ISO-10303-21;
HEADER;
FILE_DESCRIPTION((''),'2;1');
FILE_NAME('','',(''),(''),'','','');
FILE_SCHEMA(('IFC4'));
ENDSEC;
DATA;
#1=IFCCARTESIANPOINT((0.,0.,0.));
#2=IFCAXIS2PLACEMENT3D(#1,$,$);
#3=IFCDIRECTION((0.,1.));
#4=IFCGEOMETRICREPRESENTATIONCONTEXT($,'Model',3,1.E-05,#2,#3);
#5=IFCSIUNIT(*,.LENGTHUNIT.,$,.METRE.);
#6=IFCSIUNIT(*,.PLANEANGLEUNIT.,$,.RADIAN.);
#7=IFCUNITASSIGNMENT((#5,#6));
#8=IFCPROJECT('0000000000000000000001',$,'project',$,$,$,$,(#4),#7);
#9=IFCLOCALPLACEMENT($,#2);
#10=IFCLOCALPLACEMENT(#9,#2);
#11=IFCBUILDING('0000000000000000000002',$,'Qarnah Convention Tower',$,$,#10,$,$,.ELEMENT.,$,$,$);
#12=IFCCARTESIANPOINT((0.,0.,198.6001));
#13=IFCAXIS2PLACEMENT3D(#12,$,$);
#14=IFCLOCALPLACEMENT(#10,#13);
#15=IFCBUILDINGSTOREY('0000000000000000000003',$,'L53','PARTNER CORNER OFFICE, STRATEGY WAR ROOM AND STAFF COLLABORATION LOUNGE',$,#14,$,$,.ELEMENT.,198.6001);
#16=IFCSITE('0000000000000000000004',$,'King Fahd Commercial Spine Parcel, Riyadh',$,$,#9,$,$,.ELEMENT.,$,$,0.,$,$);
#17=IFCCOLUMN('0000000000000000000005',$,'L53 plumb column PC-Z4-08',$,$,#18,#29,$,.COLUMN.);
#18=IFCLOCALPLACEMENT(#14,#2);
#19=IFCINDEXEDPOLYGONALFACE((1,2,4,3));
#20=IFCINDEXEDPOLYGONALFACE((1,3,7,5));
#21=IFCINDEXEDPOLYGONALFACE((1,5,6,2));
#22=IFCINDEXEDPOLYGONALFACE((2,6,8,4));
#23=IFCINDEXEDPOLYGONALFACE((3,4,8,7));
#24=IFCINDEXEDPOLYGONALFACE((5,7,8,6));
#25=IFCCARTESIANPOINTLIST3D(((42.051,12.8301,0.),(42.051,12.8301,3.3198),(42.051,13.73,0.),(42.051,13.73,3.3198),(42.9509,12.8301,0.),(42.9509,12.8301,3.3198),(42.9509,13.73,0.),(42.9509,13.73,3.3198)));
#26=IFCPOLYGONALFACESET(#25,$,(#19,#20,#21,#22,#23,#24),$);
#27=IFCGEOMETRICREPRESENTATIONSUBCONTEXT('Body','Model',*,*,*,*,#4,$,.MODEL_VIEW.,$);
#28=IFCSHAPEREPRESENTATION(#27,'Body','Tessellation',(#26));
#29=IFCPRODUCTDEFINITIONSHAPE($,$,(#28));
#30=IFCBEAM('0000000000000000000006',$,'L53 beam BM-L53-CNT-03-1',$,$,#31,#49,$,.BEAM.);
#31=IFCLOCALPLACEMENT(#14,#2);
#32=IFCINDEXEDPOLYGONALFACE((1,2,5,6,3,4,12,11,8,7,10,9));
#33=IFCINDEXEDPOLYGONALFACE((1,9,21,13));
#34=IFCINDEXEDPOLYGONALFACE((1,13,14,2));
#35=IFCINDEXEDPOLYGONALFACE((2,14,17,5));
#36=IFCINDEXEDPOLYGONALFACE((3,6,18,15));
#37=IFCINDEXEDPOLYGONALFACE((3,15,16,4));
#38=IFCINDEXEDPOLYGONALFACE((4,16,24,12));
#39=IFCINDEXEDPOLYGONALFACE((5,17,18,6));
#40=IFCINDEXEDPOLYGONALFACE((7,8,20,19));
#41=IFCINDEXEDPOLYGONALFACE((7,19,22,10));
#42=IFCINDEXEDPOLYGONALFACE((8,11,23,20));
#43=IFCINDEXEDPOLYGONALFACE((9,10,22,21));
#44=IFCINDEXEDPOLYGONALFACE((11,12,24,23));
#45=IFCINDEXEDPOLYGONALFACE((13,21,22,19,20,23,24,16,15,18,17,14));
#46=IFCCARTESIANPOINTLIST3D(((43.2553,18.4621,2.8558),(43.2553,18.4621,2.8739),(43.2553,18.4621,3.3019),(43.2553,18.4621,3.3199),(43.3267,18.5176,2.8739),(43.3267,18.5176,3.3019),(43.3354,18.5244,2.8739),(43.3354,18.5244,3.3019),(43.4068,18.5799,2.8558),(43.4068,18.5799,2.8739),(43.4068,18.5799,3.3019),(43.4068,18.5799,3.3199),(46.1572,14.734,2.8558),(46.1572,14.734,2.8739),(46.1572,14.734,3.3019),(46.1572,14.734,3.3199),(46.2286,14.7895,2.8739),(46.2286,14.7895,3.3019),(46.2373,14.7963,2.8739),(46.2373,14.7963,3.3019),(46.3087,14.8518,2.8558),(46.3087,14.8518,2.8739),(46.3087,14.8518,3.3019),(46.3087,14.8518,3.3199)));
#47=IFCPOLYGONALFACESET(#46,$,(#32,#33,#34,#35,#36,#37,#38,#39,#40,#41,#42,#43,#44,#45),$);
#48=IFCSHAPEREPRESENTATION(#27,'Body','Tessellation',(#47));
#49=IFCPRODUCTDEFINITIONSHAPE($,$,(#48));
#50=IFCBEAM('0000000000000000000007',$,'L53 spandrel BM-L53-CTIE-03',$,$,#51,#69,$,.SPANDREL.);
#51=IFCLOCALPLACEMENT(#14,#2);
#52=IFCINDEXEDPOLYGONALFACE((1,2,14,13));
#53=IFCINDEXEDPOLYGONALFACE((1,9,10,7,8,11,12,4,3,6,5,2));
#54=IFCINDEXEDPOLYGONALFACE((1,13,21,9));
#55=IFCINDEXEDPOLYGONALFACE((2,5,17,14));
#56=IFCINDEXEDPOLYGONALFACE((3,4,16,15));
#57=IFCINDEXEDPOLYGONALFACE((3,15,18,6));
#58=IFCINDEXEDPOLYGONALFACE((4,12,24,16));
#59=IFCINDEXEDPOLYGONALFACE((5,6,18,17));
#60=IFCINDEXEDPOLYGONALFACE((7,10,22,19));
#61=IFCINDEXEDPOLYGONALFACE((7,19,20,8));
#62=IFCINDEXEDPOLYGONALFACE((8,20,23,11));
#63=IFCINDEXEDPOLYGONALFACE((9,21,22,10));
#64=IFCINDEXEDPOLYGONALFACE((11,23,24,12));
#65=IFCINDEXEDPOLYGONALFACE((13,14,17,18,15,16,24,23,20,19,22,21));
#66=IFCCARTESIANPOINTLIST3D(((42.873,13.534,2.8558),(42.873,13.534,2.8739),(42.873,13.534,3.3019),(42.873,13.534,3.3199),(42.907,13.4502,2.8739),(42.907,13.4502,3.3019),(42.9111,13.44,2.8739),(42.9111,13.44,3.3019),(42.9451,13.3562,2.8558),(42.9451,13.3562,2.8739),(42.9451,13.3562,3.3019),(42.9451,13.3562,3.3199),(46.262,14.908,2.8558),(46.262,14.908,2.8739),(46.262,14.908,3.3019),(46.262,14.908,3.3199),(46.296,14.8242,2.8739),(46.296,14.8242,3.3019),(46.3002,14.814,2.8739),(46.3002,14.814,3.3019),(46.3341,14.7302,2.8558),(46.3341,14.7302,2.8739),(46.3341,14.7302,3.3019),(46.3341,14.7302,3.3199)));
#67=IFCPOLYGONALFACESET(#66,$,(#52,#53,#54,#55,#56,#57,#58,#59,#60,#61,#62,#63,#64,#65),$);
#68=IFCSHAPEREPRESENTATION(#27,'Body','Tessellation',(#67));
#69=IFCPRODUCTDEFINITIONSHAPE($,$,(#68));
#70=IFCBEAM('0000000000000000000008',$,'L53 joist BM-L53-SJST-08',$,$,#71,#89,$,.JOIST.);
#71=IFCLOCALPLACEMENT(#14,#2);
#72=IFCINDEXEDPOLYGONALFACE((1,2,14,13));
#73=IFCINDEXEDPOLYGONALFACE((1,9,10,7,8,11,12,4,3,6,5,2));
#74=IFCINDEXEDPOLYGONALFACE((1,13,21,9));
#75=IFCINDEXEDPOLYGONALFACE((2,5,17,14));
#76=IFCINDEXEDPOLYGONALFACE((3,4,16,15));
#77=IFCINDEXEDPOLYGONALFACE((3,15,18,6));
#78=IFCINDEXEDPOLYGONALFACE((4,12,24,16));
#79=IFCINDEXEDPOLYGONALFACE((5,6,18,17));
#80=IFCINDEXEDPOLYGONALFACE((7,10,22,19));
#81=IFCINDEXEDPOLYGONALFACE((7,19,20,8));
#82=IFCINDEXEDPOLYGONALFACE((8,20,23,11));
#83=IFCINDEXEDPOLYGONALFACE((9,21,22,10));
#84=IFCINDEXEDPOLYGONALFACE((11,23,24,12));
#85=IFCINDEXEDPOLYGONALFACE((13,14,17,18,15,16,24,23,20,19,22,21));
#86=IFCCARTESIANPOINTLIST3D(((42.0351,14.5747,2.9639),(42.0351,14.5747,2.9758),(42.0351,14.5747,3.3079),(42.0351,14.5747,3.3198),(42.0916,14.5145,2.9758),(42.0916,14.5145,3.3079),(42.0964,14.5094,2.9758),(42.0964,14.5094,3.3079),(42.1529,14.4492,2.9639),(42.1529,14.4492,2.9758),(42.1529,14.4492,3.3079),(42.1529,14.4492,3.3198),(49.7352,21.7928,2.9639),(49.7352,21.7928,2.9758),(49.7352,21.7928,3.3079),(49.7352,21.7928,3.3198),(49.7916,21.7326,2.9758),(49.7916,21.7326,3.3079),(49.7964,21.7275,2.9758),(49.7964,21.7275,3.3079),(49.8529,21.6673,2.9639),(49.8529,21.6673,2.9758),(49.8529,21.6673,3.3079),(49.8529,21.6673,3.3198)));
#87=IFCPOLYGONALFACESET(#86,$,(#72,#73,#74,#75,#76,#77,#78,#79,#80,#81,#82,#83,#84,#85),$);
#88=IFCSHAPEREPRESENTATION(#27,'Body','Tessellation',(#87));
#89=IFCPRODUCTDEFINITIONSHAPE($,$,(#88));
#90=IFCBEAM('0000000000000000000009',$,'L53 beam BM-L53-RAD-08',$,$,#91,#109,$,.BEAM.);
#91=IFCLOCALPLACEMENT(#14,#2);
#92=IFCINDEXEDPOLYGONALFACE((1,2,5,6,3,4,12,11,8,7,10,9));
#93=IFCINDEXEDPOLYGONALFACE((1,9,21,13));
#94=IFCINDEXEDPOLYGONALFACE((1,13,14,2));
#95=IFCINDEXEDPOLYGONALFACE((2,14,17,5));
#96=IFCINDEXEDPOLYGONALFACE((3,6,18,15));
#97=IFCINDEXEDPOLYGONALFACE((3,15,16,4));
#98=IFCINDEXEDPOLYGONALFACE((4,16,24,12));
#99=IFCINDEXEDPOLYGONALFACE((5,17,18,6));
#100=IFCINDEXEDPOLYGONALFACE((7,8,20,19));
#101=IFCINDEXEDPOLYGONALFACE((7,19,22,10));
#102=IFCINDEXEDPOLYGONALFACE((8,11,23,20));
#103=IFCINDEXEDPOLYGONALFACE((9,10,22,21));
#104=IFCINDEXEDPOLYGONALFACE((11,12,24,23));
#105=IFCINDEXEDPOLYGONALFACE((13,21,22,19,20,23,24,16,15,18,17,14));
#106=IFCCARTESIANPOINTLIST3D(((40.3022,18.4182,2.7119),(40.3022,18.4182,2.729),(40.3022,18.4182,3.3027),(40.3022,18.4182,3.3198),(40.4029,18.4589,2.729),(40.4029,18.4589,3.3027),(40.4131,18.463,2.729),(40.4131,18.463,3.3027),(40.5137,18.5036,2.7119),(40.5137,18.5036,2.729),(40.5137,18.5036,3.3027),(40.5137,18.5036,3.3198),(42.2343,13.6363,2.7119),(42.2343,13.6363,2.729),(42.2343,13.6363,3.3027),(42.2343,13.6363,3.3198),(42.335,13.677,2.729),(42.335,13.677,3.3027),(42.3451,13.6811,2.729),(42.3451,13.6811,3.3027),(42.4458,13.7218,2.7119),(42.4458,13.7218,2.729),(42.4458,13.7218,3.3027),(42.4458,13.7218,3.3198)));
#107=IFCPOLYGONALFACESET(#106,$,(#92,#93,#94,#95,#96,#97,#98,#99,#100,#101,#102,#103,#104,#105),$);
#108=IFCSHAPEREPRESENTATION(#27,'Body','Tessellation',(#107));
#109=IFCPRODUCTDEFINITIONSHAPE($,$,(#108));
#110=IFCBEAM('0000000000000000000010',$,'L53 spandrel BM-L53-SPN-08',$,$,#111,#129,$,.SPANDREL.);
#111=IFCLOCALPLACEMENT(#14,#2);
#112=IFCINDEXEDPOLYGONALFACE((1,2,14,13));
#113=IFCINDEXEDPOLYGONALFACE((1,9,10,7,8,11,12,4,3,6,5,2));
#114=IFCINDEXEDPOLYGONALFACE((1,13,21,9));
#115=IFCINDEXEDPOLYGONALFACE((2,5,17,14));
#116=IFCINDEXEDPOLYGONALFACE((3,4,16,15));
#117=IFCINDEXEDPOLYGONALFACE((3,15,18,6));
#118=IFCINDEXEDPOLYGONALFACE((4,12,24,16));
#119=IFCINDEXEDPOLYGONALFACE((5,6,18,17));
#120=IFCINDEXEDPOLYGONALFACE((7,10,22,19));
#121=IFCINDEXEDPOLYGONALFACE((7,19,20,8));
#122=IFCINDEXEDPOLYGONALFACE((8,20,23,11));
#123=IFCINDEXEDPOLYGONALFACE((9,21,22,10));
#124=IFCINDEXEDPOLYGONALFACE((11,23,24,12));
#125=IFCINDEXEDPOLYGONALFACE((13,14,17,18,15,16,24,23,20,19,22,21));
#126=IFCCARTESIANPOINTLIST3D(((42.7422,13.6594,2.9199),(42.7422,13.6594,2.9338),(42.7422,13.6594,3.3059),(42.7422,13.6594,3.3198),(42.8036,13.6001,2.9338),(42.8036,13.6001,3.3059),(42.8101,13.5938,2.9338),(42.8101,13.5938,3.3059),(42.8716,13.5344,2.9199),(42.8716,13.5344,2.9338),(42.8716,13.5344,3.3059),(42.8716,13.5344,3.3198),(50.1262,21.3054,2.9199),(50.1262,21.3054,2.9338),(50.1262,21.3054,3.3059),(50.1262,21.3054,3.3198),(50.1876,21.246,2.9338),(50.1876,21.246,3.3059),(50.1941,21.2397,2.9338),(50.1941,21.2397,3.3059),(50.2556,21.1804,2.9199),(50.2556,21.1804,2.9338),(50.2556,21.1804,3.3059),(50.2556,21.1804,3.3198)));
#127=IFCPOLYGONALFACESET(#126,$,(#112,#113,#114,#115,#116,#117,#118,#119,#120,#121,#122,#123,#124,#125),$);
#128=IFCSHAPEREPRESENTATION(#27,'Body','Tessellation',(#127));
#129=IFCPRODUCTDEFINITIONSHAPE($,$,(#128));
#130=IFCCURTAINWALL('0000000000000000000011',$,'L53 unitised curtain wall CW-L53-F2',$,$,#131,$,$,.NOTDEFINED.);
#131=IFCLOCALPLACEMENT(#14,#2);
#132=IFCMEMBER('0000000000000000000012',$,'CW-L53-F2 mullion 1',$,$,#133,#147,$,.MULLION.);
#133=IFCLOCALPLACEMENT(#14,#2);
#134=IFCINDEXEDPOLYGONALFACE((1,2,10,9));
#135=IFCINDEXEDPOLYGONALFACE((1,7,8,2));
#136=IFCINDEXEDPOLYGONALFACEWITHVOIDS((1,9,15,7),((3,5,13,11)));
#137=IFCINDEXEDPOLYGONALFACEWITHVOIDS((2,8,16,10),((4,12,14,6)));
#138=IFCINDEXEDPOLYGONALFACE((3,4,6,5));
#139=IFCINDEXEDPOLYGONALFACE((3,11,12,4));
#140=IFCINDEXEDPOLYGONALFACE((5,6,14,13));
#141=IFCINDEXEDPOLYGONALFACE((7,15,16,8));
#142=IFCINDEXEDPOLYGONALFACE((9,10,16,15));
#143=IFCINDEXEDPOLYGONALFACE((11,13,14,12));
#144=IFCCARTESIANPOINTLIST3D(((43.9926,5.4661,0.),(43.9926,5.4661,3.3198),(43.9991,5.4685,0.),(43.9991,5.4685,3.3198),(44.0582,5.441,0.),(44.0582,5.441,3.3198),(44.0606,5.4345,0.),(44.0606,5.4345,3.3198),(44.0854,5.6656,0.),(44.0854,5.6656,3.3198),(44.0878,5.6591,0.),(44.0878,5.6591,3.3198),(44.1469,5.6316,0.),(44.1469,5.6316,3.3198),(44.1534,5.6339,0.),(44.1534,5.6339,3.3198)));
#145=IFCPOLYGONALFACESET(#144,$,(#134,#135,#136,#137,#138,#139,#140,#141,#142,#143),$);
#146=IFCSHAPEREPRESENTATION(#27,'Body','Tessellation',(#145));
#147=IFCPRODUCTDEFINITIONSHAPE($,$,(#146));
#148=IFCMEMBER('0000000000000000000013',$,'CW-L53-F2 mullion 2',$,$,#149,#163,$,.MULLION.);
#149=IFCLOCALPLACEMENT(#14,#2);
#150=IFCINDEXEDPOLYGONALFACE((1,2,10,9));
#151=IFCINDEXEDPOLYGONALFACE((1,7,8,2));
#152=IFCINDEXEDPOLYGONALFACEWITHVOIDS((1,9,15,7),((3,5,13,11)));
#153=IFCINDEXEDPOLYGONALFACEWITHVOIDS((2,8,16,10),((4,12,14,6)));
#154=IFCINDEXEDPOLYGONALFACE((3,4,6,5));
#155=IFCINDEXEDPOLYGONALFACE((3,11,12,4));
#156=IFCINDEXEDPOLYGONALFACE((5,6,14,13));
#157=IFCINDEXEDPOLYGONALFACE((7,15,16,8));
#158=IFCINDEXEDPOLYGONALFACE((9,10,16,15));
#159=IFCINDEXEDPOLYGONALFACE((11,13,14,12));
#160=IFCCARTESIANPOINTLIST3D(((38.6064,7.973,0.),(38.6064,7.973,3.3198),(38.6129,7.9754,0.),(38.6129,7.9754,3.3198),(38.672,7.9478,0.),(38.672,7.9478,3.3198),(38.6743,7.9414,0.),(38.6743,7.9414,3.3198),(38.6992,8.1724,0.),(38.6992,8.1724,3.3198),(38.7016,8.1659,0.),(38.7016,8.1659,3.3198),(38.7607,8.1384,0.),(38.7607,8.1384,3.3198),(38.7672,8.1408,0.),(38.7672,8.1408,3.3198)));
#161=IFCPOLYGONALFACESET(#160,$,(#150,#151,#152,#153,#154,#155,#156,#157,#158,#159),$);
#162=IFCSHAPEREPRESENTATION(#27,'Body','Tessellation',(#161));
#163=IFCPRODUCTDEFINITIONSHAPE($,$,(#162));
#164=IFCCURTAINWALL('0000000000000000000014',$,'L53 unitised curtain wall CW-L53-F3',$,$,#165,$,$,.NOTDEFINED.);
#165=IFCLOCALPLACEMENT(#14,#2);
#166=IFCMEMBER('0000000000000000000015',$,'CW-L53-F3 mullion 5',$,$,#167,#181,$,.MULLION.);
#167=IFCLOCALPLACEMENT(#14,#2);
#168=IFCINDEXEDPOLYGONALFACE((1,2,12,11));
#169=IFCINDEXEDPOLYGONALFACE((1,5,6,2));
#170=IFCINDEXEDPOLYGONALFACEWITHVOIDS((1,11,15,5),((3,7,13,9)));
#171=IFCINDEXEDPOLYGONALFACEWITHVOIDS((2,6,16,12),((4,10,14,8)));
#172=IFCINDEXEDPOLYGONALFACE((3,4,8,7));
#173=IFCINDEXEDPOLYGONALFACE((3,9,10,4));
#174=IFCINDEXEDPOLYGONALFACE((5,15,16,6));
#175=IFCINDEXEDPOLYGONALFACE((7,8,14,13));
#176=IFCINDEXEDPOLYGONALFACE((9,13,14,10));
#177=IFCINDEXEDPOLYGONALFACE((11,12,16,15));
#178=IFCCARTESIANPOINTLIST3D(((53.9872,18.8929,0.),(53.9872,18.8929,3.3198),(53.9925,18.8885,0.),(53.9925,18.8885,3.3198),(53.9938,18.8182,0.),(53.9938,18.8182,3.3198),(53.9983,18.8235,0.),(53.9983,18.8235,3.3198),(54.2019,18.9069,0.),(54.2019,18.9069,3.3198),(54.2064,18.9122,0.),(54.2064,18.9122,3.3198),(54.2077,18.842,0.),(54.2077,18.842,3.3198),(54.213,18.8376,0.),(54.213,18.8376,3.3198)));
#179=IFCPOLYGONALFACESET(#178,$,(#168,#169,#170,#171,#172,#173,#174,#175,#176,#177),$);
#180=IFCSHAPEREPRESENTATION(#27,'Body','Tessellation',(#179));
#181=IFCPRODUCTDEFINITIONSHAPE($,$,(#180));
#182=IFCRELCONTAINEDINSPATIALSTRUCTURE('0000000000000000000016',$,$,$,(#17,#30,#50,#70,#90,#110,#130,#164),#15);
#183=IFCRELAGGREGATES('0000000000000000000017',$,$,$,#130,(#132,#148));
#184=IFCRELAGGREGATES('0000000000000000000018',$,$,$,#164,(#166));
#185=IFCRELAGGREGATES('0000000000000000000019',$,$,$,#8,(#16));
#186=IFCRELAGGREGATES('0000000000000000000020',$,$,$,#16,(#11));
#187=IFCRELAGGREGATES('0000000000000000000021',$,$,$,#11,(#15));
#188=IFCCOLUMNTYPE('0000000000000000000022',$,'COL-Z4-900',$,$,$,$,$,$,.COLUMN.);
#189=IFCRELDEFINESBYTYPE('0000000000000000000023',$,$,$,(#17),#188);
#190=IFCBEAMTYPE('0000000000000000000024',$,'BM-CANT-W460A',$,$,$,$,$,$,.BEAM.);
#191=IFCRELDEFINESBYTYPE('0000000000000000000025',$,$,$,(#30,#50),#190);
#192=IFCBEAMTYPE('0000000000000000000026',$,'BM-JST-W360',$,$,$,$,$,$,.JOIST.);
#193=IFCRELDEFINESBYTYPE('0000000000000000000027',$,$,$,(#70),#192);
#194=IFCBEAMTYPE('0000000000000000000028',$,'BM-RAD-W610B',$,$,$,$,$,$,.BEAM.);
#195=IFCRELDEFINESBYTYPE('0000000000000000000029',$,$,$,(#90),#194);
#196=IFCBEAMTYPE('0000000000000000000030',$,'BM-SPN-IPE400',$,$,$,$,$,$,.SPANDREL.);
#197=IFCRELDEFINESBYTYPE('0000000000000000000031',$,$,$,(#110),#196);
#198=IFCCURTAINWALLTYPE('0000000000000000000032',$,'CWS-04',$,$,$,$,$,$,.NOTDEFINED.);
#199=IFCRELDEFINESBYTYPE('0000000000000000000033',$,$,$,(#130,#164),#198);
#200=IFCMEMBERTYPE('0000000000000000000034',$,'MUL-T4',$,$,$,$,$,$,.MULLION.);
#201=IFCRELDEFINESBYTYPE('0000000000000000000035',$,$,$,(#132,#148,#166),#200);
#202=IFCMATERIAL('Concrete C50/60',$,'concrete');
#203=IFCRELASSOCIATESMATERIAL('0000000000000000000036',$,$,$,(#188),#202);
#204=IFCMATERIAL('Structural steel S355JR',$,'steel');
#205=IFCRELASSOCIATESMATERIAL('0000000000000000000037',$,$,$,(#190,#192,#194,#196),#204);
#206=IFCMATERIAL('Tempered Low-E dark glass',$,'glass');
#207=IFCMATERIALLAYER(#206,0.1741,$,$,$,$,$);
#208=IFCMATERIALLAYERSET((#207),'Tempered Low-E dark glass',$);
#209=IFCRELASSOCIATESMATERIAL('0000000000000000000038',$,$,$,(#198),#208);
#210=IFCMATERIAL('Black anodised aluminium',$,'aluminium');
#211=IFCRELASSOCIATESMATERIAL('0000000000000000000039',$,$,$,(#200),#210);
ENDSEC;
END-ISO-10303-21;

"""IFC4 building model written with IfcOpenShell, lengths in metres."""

from ifc_helpers import new_model, si_unit, direction, frame, origin, origin_2d, place, context, subcontext, project, spatial, rectangle, hollow_rectangle, i_section, extrude, material, layer, layer_set, material_profile, profile_set, type_object, element, aggregate, save


model = new_model("IFC4")

# Units and contexts
model_context = context("Model", 3, precision=1e-05, world=origin(), true_north=direction((0.0, 1.0)))
body_context = subcontext(model_context, "Body", "Model", "MODEL_VIEW")
ifc_project = project(units=[si_unit("LENGTHUNIT", "METRE"), si_unit("PLANEANGLEUNIT", "RADIAN")], contexts=[model_context])

# Site, building, storey
site_placement = place(None, origin())
site = spatial("IfcSite", under=ifc_project, at=site_placement, Name="King Fahd Commercial Spine Parcel, Riyadh", CompositionType="ELEMENT", RefElevation=0.0)
building_placement = place(site_placement, origin())
building = spatial("IfcBuilding", under=site, at=building_placement, Name="Qarnah Convention Tower", CompositionType="ELEMENT")
storey_placement = place(building_placement, frame((0.0, 0.0, 198.6001)))
storey = spatial("IfcBuildingStorey", under=building, at=storey_placement, Name="L53", Description="PARTNER CORNER OFFICE, STRATEGY WAR ROOM AND STAFF COLLABORATION LOUNGE", CompositionType="ELEMENT", Elevation=198.6001)

# Column
ifc_material_1 = material(Name="Concrete C50/60", Category="concrete")
ifc_material_profile_1 = material_profile(ifc_material_1, rectangle(XDim=0.8999, YDim=0.8999, at=origin_2d()), Name="RC-COL-900X900")
ifc_profile_set_1 = profile_set([ifc_material_profile_1], Name="Concrete C50/60")
column_type = type_object("IfcColumnType", Name="COL-Z4-900", PredefinedType="COLUMN", material=ifc_profile_set_1)
column_placement = place(storey_placement, frame((42.501, 13.28, 0.0), z_axis=(0.0, 0.0, 1.0), x_axis=(1.0, 0.0, 0.0)))
element("IfcColumn", 1, at=column_placement, inside=storey, type_object=column_type, Name="L53 plumb column PC-Z4-08", PredefinedType="COLUMN", context=body_context, shape_type="SweptSolid", body=[
    extrude(rectangle(XDim=0.8999, YDim=0.8999, at=origin_2d()), origin(), (0.0, 0.0, 1.0), 3.3198),
])

# Beams
ifc_material_2 = material(Name="Structural steel S355JR", Category="steel")
ifc_material_profile_2 = material_profile(ifc_material_2, i_section(OverallWidth=0.1919, OverallDepth=0.4641, WebThickness=0.011, FlangeThickness=0.0181, at=origin_2d()), Name="W460X89")
ifc_profile_set_2 = profile_set([ifc_material_profile_2], Name="Structural steel S355JR")
beam_type_1 = type_object("IfcBeamType", Name="BM-CANT-W460A", PredefinedType="BEAM", material=ifc_profile_set_2)
beam_1_placement = place(storey_placement, frame((43.3311, 18.521, 3.0879), z_axis=(0.614241, -0.789118, 0.0), x_axis=(0.789118, 0.614241, 0.0)))
element("IfcBeam", 2, at=beam_1_placement, inside=storey, type_object=beam_type_1, Name="L53 beam BM-L53-CNT-03-1", PredefinedType="BEAM", context=body_context, shape_type="SweptSolid", body=[
    extrude(i_section(OverallWidth=0.1919, OverallDepth=0.4641, WebThickness=0.011, FlangeThickness=0.0181, at=origin_2d()), origin(), (0.0, 0.0, 1.0), 4.7244),
])
beam_2_placement = place(storey_placement, frame((46.2981, 14.8191, 3.0879), z_axis=(-0.926735, -0.375714, 0.0), x_axis=(0.375714, -0.926735, 0.0)))
element("IfcBeam", 3, at=beam_2_placement, inside=storey, type_object=beam_type_1, Name="L53 spandrel BM-L53-CTIE-03", PredefinedType="SPANDREL", context=body_context, shape_type="SweptSolid", body=[
    extrude(i_section(OverallWidth=0.1919, OverallDepth=0.4641, WebThickness=0.011, FlangeThickness=0.0181, at=origin_2d()), origin(), (0.0, 0.0, 1.0), 3.657),
])
ifc_material_profile_3 = material_profile(ifc_material_2, i_section(OverallWidth=0.1721, OverallDepth=0.356, WebThickness=0.0071, FlangeThickness=0.012, at=origin_2d()), Name="W360X51")
ifc_profile_set_3 = profile_set([ifc_material_profile_3], Name="Structural steel S355JR")
beam_type_2 = type_object("IfcBeamType", Name="BM-JST-W360", PredefinedType="JOIST", material=ifc_profile_set_3)
beam_3_placement = place(storey_placement, frame((42.094, 14.512, 3.1418), z_axis=(0.72957, 0.683907, 0.0), x_axis=(-0.683907, 0.72957, 0.0)))
element("IfcBeam", 4, at=beam_3_placement, inside=storey, type_object=beam_type_2, Name="L53 joist BM-L53-SJST-08", PredefinedType="JOIST", context=body_context, shape_type="SweptSolid", body=[
    extrude(i_section(OverallWidth=0.1721, OverallDepth=0.356, WebThickness=0.0071, FlangeThickness=0.012, at=origin_2d()), origin(), (0.0, 0.0, 1.0), 10.5542),
])
ifc_material_profile_4 = material_profile(ifc_material_2, i_section(OverallWidth=0.228, OverallDepth=0.6079, WebThickness=0.011, FlangeThickness=0.0171, at=origin_2d()), Name="W610X113")
ifc_profile_set_4 = profile_set([ifc_material_profile_4], Name="Structural steel S355JR")
beam_type_3 = type_object("IfcBeamType", Name="BM-RAD-W610B", PredefinedType="BEAM", material=ifc_profile_set_4)
beam_4_placement = place(storey_placement, frame((40.408, 18.4609, 3.0159), z_axis=(0.37462, -0.927178, 0.0), x_axis=(0.927178, 0.37462, 0.0)))
element("IfcBeam", 5, at=beam_4_placement, inside=storey, type_object=beam_type_3, Name="L53 beam BM-L53-RAD-08", PredefinedType="BEAM", context=body_context, shape_type="SweptSolid", body=[
    extrude(i_section(OverallWidth=0.228, OverallDepth=0.6079, WebThickness=0.011, FlangeThickness=0.0171, at=origin_2d()), origin(), (0.0, 0.0, 1.0), 5.1575),
])
ifc_material_profile_5 = material_profile(ifc_material_2, i_section(OverallWidth=0.1799, OverallDepth=0.3999, WebThickness=0.009, FlangeThickness=0.0139, at=origin_2d()), Name="IPE400")
ifc_profile_set_5 = profile_set([ifc_material_profile_5], Name="Structural steel S355JR")
beam_type_4 = type_object("IfcBeamType", Name="BM-SPN-IPE400", PredefinedType="SPANDREL", material=ifc_profile_set_5)
beam_5_placement = place(storey_placement, frame((42.8069, 13.5969, 3.1199), z_axis=(0.694677, 0.719322, 0.0), x_axis=(-0.719322, 0.694677, 0.0)))
element("IfcBeam", 6, at=beam_5_placement, inside=storey, type_object=beam_type_4, Name="L53 spandrel BM-L53-SPN-08", PredefinedType="SPANDREL", context=body_context, shape_type="SweptSolid", body=[
    extrude(i_section(OverallWidth=0.1799, OverallDepth=0.3999, WebThickness=0.009, FlangeThickness=0.0139, at=origin_2d()), origin(), (0.0, 0.0, 1.0), 10.6294),
])

# Curtain walls, members
ifc_material_3 = material(Name="Tempered Low-E dark glass", Category="glass")
ifc_layer_1 = layer(ifc_material_3, 0.1741)
ifc_layer_set_1 = layer_set([ifc_layer_1], Name="Tempered Low-E dark glass")
curtain_wall_type = type_object("IfcCurtainWallType", Name="CWS-04", PredefinedType="NOTDEFINED", material=ifc_layer_set_1)
curtain_wall_1_placement = place(storey_placement, origin())
curtain_wall_1 = element("IfcCurtainWall", 7, at=curtain_wall_1_placement, inside=storey, type_object=curtain_wall_type, Name="L53 unitised curtain wall CW-L53-F2", PredefinedType="NOTDEFINED")
ifc_material_4 = material(Name="Black anodised aluminium", Category="aluminium")
ifc_material_profile_6 = material_profile(ifc_material_4, hollow_rectangle(XDim=0.075, YDim=0.22, WallThickness=0.0049, at=origin_2d()), Name="MUL-75X220")
ifc_profile_set_6 = profile_set([ifc_material_profile_6], Name="Black anodised aluminium")
member_type_1 = type_object("IfcMemberType", Name="MUL-T4", PredefinedType="MULLION", material=ifc_profile_set_6)
member_1_placement = place(storey_placement, frame((44.073, 5.55, 0.0), z_axis=(0.0, 0.0, 1.0), x_axis=(-0.906606, 0.421979, 0.0)))
member_1 = element("IfcMember", 8, at=member_1_placement, type_object=member_type_1, Name="CW-L53-F2 mullion 1", PredefinedType="MULLION", context=body_context, shape_type="SweptSolid", body=[
    extrude(hollow_rectangle(XDim=0.075, YDim=0.22, WallThickness=0.0049, at=origin_2d()), origin(), (0.0, 0.0, 1.0), 3.3198),
])
member_2_placement = place(storey_placement, frame((38.6868, 8.0569, 0.0), z_axis=(0.0, 0.0, 1.0), x_axis=(-0.906606, 0.421979, 0.0)))
member_2 = element("IfcMember", 9, at=member_2_placement, type_object=member_type_1, Name="CW-L53-F2 mullion 2", PredefinedType="MULLION", context=body_context, shape_type="SweptSolid", body=[
    extrude(hollow_rectangle(XDim=0.075, YDim=0.22, WallThickness=0.0049, at=origin_2d()), origin(), (0.0, 0.0, 1.0), 3.3198),
])
curtain_wall_2_placement = place(storey_placement, origin())
curtain_wall_2 = element("IfcCurtainWall", 10, at=curtain_wall_2_placement, inside=storey, type_object=curtain_wall_type, Name="L53 unitised curtain wall CW-L53-F3", PredefinedType="NOTDEFINED")
member_3_placement = place(storey_placement, frame((54.1001, 18.8652, 0.0), z_axis=(0.0, 0.0, 1.0), x_axis=(0.087861, -0.996133, 0.0)))
member_3 = element("IfcMember", 11, at=member_3_placement, type_object=member_type_1, Name="CW-L53-F3 mullion 5", PredefinedType="MULLION", context=body_context, shape_type="SweptSolid", body=[
    extrude(hollow_rectangle(XDim=0.075, YDim=0.22, WallThickness=0.0049, at=origin_2d()), origin(), (0.0, 0.0, 1.0), 3.3198),
])

aggregate(curtain_wall_1, [member_1, member_2])
aggregate(curtain_wall_2, [member_3])

save(model, "model.ifc")
